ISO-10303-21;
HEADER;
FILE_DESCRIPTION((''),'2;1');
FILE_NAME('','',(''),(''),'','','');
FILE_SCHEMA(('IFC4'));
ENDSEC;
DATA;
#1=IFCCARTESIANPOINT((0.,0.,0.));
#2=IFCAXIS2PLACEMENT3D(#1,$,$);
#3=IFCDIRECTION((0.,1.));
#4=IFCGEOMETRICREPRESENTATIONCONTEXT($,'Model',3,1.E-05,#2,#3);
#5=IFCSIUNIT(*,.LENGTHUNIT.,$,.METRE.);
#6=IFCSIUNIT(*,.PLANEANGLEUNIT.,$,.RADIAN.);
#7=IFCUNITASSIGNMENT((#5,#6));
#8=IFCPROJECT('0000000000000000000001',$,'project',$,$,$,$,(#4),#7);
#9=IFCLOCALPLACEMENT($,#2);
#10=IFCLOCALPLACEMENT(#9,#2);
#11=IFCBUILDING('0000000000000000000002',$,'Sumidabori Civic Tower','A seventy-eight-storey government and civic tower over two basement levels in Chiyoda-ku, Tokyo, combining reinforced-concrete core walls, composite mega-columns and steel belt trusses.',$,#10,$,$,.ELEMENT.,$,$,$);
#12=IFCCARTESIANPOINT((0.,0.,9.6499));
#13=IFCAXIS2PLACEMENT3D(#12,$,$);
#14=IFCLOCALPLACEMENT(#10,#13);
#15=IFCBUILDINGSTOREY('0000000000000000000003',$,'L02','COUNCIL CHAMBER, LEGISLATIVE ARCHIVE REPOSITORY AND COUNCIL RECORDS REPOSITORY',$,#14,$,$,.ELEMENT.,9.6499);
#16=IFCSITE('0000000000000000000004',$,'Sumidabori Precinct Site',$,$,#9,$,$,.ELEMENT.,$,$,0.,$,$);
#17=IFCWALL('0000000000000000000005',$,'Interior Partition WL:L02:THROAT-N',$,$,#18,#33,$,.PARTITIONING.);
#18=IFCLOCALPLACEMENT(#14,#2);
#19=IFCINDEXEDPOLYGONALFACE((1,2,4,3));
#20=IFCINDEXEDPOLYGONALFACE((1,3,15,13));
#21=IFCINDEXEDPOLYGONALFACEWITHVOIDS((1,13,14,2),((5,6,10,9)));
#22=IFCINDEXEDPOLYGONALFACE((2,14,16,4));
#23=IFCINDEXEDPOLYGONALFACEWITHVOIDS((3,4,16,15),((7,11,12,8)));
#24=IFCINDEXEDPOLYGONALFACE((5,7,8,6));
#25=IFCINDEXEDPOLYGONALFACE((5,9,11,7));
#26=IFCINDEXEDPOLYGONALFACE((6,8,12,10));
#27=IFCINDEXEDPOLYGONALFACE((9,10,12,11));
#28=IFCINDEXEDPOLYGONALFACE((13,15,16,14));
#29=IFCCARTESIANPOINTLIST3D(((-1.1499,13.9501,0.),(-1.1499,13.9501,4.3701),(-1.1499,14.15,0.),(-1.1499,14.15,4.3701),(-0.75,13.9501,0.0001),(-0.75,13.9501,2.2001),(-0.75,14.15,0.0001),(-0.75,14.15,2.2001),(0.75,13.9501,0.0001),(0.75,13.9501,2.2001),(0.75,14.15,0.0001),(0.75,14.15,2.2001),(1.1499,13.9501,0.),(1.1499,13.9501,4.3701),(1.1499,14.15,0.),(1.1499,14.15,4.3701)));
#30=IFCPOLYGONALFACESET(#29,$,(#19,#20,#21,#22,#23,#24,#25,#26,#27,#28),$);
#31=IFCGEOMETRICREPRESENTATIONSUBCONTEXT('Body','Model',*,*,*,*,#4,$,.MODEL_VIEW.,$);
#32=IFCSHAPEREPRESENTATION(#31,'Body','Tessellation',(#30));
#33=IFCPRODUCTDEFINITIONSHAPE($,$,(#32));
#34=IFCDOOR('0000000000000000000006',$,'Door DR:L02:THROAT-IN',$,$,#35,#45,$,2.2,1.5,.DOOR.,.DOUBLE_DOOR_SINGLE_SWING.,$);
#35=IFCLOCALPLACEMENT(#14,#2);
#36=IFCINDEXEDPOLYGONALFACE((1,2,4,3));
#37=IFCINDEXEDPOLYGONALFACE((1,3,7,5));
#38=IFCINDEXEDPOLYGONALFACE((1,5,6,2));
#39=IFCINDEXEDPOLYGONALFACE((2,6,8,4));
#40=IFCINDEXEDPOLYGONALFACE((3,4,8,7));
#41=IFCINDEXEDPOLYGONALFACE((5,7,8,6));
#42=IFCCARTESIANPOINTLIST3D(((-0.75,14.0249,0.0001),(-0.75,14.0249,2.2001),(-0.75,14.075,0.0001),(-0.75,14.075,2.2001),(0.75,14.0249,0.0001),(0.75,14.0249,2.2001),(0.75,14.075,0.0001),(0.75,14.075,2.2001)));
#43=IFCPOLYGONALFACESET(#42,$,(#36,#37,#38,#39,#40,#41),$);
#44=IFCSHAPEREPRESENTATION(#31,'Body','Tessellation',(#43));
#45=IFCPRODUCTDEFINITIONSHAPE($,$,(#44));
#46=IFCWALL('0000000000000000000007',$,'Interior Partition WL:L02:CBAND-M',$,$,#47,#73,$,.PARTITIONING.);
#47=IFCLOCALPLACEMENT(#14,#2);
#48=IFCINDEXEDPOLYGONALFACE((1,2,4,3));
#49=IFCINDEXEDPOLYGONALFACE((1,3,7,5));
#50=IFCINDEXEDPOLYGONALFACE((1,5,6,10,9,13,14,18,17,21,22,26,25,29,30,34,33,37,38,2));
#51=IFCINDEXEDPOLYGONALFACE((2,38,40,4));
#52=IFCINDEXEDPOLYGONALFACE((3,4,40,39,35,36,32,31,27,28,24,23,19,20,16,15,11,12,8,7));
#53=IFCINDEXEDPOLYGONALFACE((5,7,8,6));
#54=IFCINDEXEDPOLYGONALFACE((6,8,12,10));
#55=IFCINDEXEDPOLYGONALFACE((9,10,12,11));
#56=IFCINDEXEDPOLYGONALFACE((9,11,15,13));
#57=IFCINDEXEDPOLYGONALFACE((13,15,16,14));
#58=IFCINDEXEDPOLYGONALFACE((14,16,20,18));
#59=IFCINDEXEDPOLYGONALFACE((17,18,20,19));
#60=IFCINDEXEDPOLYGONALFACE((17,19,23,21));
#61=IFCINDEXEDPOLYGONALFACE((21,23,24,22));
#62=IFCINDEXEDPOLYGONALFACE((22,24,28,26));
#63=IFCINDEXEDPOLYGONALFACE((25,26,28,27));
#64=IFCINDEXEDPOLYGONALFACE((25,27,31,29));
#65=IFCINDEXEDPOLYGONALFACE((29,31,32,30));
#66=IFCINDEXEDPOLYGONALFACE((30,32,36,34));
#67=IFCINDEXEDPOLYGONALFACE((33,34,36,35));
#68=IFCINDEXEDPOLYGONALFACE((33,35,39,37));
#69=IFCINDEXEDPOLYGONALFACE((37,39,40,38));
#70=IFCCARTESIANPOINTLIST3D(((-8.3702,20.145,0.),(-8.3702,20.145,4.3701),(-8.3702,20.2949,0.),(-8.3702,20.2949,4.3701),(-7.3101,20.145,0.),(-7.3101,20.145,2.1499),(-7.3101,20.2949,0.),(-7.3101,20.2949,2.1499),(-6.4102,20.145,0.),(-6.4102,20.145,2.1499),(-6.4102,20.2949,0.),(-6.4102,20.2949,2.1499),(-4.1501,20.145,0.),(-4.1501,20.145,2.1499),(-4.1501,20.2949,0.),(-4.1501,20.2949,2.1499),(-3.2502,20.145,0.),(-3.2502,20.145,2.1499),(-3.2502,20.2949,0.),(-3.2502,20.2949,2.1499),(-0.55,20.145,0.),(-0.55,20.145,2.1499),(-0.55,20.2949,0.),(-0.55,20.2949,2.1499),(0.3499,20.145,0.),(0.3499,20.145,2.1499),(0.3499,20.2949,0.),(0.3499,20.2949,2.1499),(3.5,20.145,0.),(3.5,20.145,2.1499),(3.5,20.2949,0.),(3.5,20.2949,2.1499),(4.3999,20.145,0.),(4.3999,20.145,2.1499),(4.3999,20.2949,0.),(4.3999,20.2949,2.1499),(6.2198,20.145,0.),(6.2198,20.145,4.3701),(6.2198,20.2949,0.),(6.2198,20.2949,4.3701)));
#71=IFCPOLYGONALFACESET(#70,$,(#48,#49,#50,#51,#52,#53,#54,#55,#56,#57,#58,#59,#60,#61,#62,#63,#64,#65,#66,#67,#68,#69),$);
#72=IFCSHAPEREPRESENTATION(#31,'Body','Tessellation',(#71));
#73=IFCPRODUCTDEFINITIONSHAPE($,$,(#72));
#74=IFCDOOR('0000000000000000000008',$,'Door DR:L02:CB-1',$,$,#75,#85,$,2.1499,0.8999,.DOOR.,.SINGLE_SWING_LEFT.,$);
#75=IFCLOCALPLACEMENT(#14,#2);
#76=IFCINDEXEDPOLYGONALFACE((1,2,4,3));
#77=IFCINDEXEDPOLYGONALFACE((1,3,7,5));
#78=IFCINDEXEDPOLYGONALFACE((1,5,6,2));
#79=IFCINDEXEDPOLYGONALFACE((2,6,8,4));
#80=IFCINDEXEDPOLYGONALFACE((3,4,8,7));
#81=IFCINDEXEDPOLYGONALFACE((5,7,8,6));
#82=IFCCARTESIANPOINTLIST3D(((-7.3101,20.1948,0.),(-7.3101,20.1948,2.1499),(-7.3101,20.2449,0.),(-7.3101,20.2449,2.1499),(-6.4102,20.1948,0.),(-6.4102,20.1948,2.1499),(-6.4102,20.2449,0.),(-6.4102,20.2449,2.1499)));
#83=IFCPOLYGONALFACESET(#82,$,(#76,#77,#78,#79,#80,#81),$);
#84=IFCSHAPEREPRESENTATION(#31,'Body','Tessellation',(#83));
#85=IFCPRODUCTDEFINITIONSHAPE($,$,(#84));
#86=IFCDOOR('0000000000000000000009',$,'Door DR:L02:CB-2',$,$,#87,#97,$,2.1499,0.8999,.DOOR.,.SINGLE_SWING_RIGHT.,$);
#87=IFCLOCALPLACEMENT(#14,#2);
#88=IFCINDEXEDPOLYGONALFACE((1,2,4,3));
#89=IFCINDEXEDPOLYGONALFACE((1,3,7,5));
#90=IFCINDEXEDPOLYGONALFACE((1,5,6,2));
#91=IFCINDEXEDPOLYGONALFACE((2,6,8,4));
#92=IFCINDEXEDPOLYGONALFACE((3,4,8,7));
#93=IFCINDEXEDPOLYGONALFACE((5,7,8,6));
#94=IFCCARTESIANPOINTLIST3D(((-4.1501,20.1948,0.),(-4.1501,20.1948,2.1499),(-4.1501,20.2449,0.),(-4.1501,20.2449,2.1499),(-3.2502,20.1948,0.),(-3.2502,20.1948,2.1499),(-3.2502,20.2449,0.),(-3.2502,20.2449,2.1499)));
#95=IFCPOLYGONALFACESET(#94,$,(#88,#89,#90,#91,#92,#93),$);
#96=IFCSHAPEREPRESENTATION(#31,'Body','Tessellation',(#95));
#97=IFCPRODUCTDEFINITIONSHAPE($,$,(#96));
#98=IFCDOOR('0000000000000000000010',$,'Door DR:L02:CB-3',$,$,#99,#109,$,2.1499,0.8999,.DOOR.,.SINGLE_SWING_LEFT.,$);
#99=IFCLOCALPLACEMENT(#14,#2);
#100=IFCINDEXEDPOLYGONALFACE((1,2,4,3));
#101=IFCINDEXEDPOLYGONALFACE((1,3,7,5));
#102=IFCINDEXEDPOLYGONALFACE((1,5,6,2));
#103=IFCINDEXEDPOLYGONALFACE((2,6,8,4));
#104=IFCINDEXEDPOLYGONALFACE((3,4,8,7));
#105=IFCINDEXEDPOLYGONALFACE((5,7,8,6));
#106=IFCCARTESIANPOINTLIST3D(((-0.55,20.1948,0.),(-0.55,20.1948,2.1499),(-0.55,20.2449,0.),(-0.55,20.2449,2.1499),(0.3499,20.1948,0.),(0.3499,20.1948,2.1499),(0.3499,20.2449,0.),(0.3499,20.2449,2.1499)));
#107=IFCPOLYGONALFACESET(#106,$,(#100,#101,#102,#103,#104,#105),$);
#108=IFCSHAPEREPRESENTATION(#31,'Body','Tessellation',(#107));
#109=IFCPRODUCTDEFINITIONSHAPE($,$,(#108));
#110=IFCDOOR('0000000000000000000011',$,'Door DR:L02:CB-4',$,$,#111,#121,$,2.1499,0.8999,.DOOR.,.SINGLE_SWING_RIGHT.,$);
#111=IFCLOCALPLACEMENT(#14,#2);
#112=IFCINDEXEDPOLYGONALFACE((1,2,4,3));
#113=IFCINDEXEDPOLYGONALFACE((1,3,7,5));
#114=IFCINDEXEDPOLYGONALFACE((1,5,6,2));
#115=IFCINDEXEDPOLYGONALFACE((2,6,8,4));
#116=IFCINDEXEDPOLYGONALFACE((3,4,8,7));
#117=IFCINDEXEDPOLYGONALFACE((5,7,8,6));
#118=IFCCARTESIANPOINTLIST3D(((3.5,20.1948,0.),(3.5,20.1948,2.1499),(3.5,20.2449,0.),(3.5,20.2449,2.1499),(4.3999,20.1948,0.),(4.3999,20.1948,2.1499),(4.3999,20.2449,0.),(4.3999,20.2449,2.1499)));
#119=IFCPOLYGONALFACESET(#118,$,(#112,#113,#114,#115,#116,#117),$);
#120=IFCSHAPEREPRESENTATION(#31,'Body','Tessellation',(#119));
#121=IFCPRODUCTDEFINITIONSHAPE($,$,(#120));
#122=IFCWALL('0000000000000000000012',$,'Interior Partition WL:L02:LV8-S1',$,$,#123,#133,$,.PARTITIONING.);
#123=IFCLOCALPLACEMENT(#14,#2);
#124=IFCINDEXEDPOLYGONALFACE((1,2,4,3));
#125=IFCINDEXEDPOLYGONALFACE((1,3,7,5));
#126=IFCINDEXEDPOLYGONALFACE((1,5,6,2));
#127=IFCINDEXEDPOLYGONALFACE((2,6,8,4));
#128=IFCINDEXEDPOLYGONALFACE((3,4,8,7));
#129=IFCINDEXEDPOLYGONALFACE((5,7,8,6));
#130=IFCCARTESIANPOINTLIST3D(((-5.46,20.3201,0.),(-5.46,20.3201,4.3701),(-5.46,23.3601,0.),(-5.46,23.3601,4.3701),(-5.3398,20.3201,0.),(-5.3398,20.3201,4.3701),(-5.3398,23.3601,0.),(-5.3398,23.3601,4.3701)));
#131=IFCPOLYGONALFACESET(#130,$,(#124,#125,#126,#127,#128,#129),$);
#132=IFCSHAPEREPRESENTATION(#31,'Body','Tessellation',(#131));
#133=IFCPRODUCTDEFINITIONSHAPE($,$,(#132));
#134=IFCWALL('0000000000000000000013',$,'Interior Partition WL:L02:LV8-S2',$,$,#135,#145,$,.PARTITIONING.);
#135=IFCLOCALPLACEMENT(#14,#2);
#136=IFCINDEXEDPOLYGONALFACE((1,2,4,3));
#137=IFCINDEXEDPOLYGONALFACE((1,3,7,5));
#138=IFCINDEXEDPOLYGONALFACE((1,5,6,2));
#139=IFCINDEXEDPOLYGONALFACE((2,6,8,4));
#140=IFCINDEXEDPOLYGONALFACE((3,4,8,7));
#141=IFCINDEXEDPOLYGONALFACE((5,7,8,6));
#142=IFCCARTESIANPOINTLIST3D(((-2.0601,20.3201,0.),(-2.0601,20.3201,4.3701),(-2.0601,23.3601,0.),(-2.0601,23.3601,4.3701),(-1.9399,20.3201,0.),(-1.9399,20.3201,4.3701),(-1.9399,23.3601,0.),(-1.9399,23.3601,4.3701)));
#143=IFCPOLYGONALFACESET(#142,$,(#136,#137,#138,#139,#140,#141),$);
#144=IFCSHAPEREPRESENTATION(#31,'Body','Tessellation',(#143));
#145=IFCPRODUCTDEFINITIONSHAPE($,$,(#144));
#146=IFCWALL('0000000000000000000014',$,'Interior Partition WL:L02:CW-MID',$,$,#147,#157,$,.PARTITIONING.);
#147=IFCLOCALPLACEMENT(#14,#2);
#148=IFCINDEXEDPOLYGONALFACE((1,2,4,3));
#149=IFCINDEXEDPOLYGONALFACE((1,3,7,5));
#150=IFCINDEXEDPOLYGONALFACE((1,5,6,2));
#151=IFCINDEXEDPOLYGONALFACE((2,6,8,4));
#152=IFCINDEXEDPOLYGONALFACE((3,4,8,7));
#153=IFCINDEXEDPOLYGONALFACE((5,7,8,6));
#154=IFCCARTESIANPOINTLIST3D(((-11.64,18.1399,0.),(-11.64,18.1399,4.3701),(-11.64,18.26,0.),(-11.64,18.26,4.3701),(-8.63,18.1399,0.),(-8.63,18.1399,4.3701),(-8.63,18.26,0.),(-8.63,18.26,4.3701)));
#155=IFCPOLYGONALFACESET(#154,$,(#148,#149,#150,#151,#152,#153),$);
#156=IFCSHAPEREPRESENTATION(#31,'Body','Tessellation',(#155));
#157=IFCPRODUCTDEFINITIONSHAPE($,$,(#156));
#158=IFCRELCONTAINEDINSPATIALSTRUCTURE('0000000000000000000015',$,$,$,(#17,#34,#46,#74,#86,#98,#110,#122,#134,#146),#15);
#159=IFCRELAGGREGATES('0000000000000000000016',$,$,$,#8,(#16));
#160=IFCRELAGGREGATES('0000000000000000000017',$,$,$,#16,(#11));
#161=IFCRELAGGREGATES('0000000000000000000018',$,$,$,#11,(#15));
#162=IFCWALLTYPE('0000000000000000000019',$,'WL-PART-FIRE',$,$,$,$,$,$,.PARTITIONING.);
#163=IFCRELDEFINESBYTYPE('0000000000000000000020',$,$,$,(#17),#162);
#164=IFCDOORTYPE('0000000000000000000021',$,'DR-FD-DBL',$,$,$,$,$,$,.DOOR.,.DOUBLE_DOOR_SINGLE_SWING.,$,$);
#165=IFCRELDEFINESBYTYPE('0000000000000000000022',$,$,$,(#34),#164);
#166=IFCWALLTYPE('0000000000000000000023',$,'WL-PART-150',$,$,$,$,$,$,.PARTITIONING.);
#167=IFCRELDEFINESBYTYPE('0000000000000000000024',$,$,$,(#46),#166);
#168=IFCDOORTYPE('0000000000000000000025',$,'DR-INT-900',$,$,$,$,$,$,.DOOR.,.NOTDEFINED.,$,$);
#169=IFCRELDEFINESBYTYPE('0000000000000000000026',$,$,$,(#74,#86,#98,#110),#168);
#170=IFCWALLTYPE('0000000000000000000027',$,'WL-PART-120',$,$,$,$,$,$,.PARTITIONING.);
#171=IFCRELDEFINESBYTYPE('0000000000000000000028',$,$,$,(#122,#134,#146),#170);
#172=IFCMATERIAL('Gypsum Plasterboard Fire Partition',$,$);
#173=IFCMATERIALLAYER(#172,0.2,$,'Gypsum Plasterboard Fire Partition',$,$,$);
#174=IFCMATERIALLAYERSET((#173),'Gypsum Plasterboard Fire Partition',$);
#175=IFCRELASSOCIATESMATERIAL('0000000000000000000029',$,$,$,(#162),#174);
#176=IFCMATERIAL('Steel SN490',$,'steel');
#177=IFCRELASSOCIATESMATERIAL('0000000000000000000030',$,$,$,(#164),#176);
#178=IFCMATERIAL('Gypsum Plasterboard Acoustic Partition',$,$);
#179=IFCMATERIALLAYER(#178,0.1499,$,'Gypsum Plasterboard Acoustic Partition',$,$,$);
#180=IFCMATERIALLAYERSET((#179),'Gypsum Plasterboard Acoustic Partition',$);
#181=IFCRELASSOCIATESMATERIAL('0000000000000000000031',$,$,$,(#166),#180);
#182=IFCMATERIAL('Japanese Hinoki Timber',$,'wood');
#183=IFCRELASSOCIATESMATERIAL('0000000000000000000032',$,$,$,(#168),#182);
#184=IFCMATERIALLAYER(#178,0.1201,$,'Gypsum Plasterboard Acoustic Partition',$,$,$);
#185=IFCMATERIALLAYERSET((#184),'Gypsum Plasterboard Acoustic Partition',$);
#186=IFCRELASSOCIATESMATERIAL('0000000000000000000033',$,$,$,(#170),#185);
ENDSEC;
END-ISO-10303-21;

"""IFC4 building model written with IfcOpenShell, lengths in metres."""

from ifc_helpers import new_model, si_unit, direction, frame, frame_2d, origin, place, context, subcontext, project, spatial, rectangle, extrude, source, transform, mapped, material, layer, layer_set, type_object, element, fill, save


model = new_model("IFC4")

# Units and contexts
model_context = context("Model", 3, precision=1e-05, world=origin(), true_north=direction((0.0, 1.0)))
body_context = subcontext(model_context, "Body", "Model", "MODEL_VIEW")
ifc_project = project(units=[si_unit("LENGTHUNIT", "METRE"), si_unit("PLANEANGLEUNIT", "RADIAN")], contexts=[model_context])

# Site, building, storey
site_placement = place(None, origin())
site = spatial("IfcSite", under=ifc_project, at=site_placement, Name="Sumidabori Precinct Site", CompositionType="ELEMENT", RefElevation=0.0)
building_placement = place(site_placement, origin())
building = spatial("IfcBuilding", under=site, at=building_placement, Name="Sumidabori Civic Tower", Description="A seventy-eight-storey government and civic tower over two basement levels in Chiyoda-ku, Tokyo, combining reinforced-concrete core walls, composite mega-columns and steel belt trusses.", CompositionType="ELEMENT")
storey_placement = place(building_placement, frame((0.0, 0.0, 9.6499)))
storey = spatial("IfcBuildingStorey", under=building, at=storey_placement, Name="L02", Description="COUNCIL CHAMBER, LEGISLATIVE ARCHIVE REPOSITORY AND COUNCIL RECORDS REPOSITORY", CompositionType="ELEMENT", Elevation=9.6499)

# Shared definitions
ifc_material_1 = material(Name="Gypsum Plasterboard Fire Partition")
ifc_layer_1 = layer(ifc_material_1, 0.2, Name="Gypsum Plasterboard Fire Partition")
ifc_layer_set_1 = layer_set([ifc_layer_1], Name="Gypsum Plasterboard Fire Partition")
wall_type_1 = type_object("IfcWallType", Name="WL-PART-FIRE", PredefinedType="PARTITIONING", material=ifc_layer_set_1)

# Wall, opening, door
shared_shape_1 = source(origin(), body_context, "Body", "SweptSolid", [
    extrude(rectangle(XDim=2.2998, YDim=0.2, at=frame_2d((1.1499, 0.0))), origin(), (0.0, 0.0, 1.0), 4.3701),
])
wall_1_placement = place(storey_placement, frame((-1.1499, 14.05, 0.0), z_axis=(0.0, 0.0, 1.0), x_axis=(1.0, 0.0, 0.0)))
wall_1 = element("IfcWall", 1, at=wall_1_placement, inside=storey, type_object=wall_type_1, Name="Interior Partition WL:L02:THROAT-N", PredefinedType="PARTITIONING", context=body_context, shape_type="MappedRepresentation", body=[
    mapped(shared_shape_1, transform((0.0, 0.0, 0.0), x_axis=(1.0, 0.0, 0.0), y_axis=(0.0, 1.0, 0.0), z_axis=(0.0, 0.0, 1.0), scale=1.0)),
])
opening_1_placement = place(wall_1_placement, frame((0.3999, 0.0, 0.0)))
opening_1 = element("IfcOpeningElement", 2, at=opening_1_placement, cuts=wall_1, PredefinedType="OPENING", context=body_context, shape_type="SweptSolid", body=[
    extrude(rectangle(XDim=1.5, YDim=2.2, at=frame_2d((0.75, 1.1001))), frame((0.0, 0.1118, 0.0), z_axis=(0.0, -1.0, 0.0), x_axis=(1.0, 0.0, 0.0)), (0.0, 0.0, 1.0), 0.2239),
])
ifc_material_2 = material(Name="Steel SN490", Category="steel")
door_type_1 = type_object("IfcDoorType", Name="DR-FD-DBL", OperationType="DOUBLE_DOOR_SINGLE_SWING", PredefinedType="DOOR", material=ifc_material_2)
shared_shape_2 = source(origin(), body_context, "Body", "SweptSolid", [
    extrude(rectangle(XDim=1.5, YDim=2.2, at=frame_2d((0.75, 1.1001))), frame((0.0, 0.0249, 0.0), z_axis=(0.0, -1.0, 0.0), x_axis=(1.0, 0.0, 0.0)), (0.0, 0.0, 1.0), 0.05),
])
door_1_placement = place(opening_1_placement, origin())
door_1 = element("IfcDoor", 3, at=door_1_placement, inside=storey, type_object=door_type_1, Name="Door DR:L02:THROAT-IN", OperationType="DOUBLE_DOOR_SINGLE_SWING", OverallHeight=2.2, OverallWidth=1.5, PredefinedType="DOOR", context=body_context, shape_type="MappedRepresentation", body=[
    mapped(shared_shape_2, transform((0.0, 0.0, 0.0), x_axis=(1.0, 0.0, 0.0), y_axis=(0.0, 1.0, 0.0), z_axis=(0.0, 0.0, 1.0), scale=1.0)),
])
fill(opening_1, door_1)

# Wall, openings, doors
ifc_material_3 = material(Name="Gypsum Plasterboard Acoustic Partition")
ifc_layer_2 = layer(ifc_material_3, 0.1499, Name="Gypsum Plasterboard Acoustic Partition")
ifc_layer_set_2 = layer_set([ifc_layer_2], Name="Gypsum Plasterboard Acoustic Partition")
wall_type_2 = type_object("IfcWallType", Name="WL-PART-150", PredefinedType="PARTITIONING", material=ifc_layer_set_2)
shared_shape_3 = source(origin(), body_context, "Body", "SweptSolid", [
    extrude(rectangle(XDim=14.5901, YDim=0.1499, at=frame_2d((7.2949, 0.0))), origin(), (0.0, 0.0, 1.0), 4.3701),
])
wall_2_placement = place(storey_placement, frame((-8.3701, 20.22, 0.0), z_axis=(0.0, 0.0, 1.0), x_axis=(1.0, 0.0, 0.0)))
wall_2 = element("IfcWall", 4, at=wall_2_placement, inside=storey, type_object=wall_type_2, Name="Interior Partition WL:L02:CBAND-M", PredefinedType="PARTITIONING", context=body_context, shape_type="MappedRepresentation", body=[
    mapped(shared_shape_3, transform((0.0, 0.0, 0.0), x_axis=(1.0, 0.0, 0.0), y_axis=(0.0, 1.0, 0.0), z_axis=(0.0, 0.0, 1.0), scale=1.0)),
])
opening_2_placement = place(wall_2_placement, frame((1.0601, 0.0, 0.0)))
opening_2 = element("IfcOpeningElement", 5, at=opening_2_placement, cuts=wall_2, PredefinedType="OPENING", context=body_context, shape_type="SweptSolid", body=[
    extrude(rectangle(XDim=0.8999, YDim=2.1499, at=frame_2d((0.45, 1.075))), frame((0.0, 0.0869, 0.0), z_axis=(0.0, -1.0, 0.0), x_axis=(1.0, 0.0, 0.0)), (0.0, 0.0, 1.0), 0.1738),
])
opening_3_placement = place(wall_2_placement, frame((4.22, 0.0, 0.0)))
opening_3 = element("IfcOpeningElement", 6, at=opening_3_placement, cuts=wall_2, PredefinedType="OPENING", context=body_context, shape_type="SweptSolid", body=[
    extrude(rectangle(XDim=0.8999, YDim=2.1499, at=frame_2d((0.45, 1.075))), frame((0.0, 0.0869, 0.0), z_axis=(0.0, -1.0, 0.0), x_axis=(1.0, 0.0, 0.0)), (0.0, 0.0, 1.0), 0.1738),
])
opening_4_placement = place(wall_2_placement, frame((7.8201, 0.0, 0.0)))
opening_4 = element("IfcOpeningElement", 7, at=opening_4_placement, cuts=wall_2, PredefinedType="OPENING", context=body_context, shape_type="SweptSolid", body=[
    extrude(rectangle(XDim=0.8999, YDim=2.1499, at=frame_2d((0.45, 1.075))), frame((0.0, 0.0869, 0.0), z_axis=(0.0, -1.0, 0.0), x_axis=(1.0, 0.0, 0.0)), (0.0, 0.0, 1.0), 0.1738),
])
opening_5_placement = place(wall_2_placement, frame((11.8701, 0.0, 0.0)))
opening_5 = element("IfcOpeningElement", 8, at=opening_5_placement, cuts=wall_2, PredefinedType="OPENING", context=body_context, shape_type="SweptSolid", body=[
    extrude(rectangle(XDim=0.8999, YDim=2.1499, at=frame_2d((0.45, 1.075))), frame((0.0, 0.0869, 0.0), z_axis=(0.0, -1.0, 0.0), x_axis=(1.0, 0.0, 0.0)), (0.0, 0.0, 1.0), 0.1738),
])
ifc_material_4 = material(Name="Japanese Hinoki Timber", Category="wood")
door_type_2 = type_object("IfcDoorType", Name="DR-INT-900", OperationType="NOTDEFINED", PredefinedType="DOOR", material=ifc_material_4)
shared_shape_4 = source(origin(), body_context, "Body", "SweptSolid", [
    extrude(rectangle(XDim=0.8999, YDim=2.1499, at=frame_2d((0.45, 1.075))), frame((0.0, 0.0249, 0.0), z_axis=(0.0, -1.0, 0.0), x_axis=(1.0, 0.0, 0.0)), (0.0, 0.0, 1.0), 0.05),
])
door_2_placement = place(opening_2_placement, origin())
door_2 = element("IfcDoor", 9, at=door_2_placement, inside=storey, type_object=door_type_2, Name="Door DR:L02:CB-1", OperationType="SINGLE_SWING_LEFT", OverallHeight=2.1499, OverallWidth=0.8999, PredefinedType="DOOR", context=body_context, shape_type="MappedRepresentation", body=[
    mapped(shared_shape_4, transform((0.0, 0.0, 0.0), x_axis=(1.0, 0.0, 0.0), y_axis=(0.0, 1.0, 0.0), z_axis=(0.0, 0.0, 1.0), scale=1.0)),
])
fill(opening_2, door_2)
door_3_placement = place(opening_3_placement, origin())
door_3 = element("IfcDoor", 10, at=door_3_placement, inside=storey, type_object=door_type_2, Name="Door DR:L02:CB-2", OperationType="SINGLE_SWING_RIGHT", OverallHeight=2.1499, OverallWidth=0.8999, PredefinedType="DOOR", context=body_context, shape_type="MappedRepresentation", body=[
    mapped(shared_shape_4, transform((0.0, 0.0, 0.0), x_axis=(1.0, 0.0, 0.0), y_axis=(0.0, 1.0, 0.0), z_axis=(0.0, 0.0, 1.0), scale=1.0)),
])
fill(opening_3, door_3)
door_4_placement = place(opening_4_placement, origin())
door_4 = element("IfcDoor", 11, at=door_4_placement, inside=storey, type_object=door_type_2, Name="Door DR:L02:CB-3", OperationType="SINGLE_SWING_LEFT", OverallHeight=2.1499, OverallWidth=0.8999, PredefinedType="DOOR", context=body_context, shape_type="MappedRepresentation", body=[
    mapped(shared_shape_4, transform((0.0, 0.0, 0.0), x_axis=(1.0, 0.0, 0.0), y_axis=(0.0, 1.0, 0.0), z_axis=(0.0, 0.0, 1.0), scale=1.0)),
])
fill(opening_4, door_4)
door_5_placement = place(opening_5_placement, origin())
door_5 = element("IfcDoor", 12, at=door_5_placement, inside=storey, type_object=door_type_2, Name="Door DR:L02:CB-4", OperationType="SINGLE_SWING_RIGHT", OverallHeight=2.1499, OverallWidth=0.8999, PredefinedType="DOOR", context=body_context, shape_type="MappedRepresentation", body=[
    mapped(shared_shape_4, transform((0.0, 0.0, 0.0), x_axis=(1.0, 0.0, 0.0), y_axis=(0.0, 1.0, 0.0), z_axis=(0.0, 0.0, 1.0), scale=1.0)),
])
fill(opening_5, door_5)

# Walls
ifc_layer_3 = layer(ifc_material_3, 0.1201, Name="Gypsum Plasterboard Acoustic Partition")
ifc_layer_set_3 = layer_set([ifc_layer_3], Name="Gypsum Plasterboard Acoustic Partition")
wall_type_3 = type_object("IfcWallType", Name="WL-PART-120", PredefinedType="PARTITIONING", material=ifc_layer_set_3)
shared_shape_5 = source(origin(), body_context, "Body", "SweptSolid", [
    extrude(rectangle(XDim=3.04, YDim=0.1201, at=frame_2d((1.52, 0.0))), origin(), (0.0, 0.0, 1.0), 4.3701),
])
for number, where, z_axis, x_axis, name in (
    (13, (-5.3999, 20.3201, 0.0), (0.0, 0.0, 1.0), (0.0, 1.0, 0.0), "Interior Partition WL:L02:LV8-S1"),
    (14, (-2.0, 20.3201, 0.0), (0.0, 0.0, 1.0), (0.0, 1.0, 0.0), "Interior Partition WL:L02:LV8-S2"),
):
    element("IfcWall", number, at=place(storey_placement, frame(where, z_axis=z_axis, x_axis=x_axis)), inside=storey, type_object=wall_type_3, Name=name, PredefinedType="PARTITIONING", context=body_context, shape_type="MappedRepresentation", body=[
        mapped(shared_shape_5, transform((0.0, 0.0, 0.0), x_axis=(1.0, 0.0, 0.0), y_axis=(0.0, 1.0, 0.0), z_axis=(0.0, 0.0, 1.0), scale=1.0)),
    ])
shared_shape_6 = source(origin(), body_context, "Body", "SweptSolid", [
    extrude(rectangle(XDim=3.01, YDim=0.1201, at=frame_2d((1.5049, 0.0))), origin(), (0.0, 0.0, 1.0), 4.3701),
])
wall_3_placement = place(storey_placement, frame((-11.6399, 18.2, 0.0), z_axis=(0.0, 0.0, 1.0), x_axis=(1.0, 0.0, 0.0)))
element("IfcWall", 15, at=wall_3_placement, inside=storey, type_object=wall_type_3, Name="Interior Partition WL:L02:CW-MID", PredefinedType="PARTITIONING", context=body_context, shape_type="MappedRepresentation", body=[
    mapped(shared_shape_6, transform((0.0, 0.0, 0.0), x_axis=(1.0, 0.0, 0.0), y_axis=(0.0, 1.0, 0.0), z_axis=(0.0, 0.0, 1.0), scale=1.0)),
])

save(model, "model.ifc")
